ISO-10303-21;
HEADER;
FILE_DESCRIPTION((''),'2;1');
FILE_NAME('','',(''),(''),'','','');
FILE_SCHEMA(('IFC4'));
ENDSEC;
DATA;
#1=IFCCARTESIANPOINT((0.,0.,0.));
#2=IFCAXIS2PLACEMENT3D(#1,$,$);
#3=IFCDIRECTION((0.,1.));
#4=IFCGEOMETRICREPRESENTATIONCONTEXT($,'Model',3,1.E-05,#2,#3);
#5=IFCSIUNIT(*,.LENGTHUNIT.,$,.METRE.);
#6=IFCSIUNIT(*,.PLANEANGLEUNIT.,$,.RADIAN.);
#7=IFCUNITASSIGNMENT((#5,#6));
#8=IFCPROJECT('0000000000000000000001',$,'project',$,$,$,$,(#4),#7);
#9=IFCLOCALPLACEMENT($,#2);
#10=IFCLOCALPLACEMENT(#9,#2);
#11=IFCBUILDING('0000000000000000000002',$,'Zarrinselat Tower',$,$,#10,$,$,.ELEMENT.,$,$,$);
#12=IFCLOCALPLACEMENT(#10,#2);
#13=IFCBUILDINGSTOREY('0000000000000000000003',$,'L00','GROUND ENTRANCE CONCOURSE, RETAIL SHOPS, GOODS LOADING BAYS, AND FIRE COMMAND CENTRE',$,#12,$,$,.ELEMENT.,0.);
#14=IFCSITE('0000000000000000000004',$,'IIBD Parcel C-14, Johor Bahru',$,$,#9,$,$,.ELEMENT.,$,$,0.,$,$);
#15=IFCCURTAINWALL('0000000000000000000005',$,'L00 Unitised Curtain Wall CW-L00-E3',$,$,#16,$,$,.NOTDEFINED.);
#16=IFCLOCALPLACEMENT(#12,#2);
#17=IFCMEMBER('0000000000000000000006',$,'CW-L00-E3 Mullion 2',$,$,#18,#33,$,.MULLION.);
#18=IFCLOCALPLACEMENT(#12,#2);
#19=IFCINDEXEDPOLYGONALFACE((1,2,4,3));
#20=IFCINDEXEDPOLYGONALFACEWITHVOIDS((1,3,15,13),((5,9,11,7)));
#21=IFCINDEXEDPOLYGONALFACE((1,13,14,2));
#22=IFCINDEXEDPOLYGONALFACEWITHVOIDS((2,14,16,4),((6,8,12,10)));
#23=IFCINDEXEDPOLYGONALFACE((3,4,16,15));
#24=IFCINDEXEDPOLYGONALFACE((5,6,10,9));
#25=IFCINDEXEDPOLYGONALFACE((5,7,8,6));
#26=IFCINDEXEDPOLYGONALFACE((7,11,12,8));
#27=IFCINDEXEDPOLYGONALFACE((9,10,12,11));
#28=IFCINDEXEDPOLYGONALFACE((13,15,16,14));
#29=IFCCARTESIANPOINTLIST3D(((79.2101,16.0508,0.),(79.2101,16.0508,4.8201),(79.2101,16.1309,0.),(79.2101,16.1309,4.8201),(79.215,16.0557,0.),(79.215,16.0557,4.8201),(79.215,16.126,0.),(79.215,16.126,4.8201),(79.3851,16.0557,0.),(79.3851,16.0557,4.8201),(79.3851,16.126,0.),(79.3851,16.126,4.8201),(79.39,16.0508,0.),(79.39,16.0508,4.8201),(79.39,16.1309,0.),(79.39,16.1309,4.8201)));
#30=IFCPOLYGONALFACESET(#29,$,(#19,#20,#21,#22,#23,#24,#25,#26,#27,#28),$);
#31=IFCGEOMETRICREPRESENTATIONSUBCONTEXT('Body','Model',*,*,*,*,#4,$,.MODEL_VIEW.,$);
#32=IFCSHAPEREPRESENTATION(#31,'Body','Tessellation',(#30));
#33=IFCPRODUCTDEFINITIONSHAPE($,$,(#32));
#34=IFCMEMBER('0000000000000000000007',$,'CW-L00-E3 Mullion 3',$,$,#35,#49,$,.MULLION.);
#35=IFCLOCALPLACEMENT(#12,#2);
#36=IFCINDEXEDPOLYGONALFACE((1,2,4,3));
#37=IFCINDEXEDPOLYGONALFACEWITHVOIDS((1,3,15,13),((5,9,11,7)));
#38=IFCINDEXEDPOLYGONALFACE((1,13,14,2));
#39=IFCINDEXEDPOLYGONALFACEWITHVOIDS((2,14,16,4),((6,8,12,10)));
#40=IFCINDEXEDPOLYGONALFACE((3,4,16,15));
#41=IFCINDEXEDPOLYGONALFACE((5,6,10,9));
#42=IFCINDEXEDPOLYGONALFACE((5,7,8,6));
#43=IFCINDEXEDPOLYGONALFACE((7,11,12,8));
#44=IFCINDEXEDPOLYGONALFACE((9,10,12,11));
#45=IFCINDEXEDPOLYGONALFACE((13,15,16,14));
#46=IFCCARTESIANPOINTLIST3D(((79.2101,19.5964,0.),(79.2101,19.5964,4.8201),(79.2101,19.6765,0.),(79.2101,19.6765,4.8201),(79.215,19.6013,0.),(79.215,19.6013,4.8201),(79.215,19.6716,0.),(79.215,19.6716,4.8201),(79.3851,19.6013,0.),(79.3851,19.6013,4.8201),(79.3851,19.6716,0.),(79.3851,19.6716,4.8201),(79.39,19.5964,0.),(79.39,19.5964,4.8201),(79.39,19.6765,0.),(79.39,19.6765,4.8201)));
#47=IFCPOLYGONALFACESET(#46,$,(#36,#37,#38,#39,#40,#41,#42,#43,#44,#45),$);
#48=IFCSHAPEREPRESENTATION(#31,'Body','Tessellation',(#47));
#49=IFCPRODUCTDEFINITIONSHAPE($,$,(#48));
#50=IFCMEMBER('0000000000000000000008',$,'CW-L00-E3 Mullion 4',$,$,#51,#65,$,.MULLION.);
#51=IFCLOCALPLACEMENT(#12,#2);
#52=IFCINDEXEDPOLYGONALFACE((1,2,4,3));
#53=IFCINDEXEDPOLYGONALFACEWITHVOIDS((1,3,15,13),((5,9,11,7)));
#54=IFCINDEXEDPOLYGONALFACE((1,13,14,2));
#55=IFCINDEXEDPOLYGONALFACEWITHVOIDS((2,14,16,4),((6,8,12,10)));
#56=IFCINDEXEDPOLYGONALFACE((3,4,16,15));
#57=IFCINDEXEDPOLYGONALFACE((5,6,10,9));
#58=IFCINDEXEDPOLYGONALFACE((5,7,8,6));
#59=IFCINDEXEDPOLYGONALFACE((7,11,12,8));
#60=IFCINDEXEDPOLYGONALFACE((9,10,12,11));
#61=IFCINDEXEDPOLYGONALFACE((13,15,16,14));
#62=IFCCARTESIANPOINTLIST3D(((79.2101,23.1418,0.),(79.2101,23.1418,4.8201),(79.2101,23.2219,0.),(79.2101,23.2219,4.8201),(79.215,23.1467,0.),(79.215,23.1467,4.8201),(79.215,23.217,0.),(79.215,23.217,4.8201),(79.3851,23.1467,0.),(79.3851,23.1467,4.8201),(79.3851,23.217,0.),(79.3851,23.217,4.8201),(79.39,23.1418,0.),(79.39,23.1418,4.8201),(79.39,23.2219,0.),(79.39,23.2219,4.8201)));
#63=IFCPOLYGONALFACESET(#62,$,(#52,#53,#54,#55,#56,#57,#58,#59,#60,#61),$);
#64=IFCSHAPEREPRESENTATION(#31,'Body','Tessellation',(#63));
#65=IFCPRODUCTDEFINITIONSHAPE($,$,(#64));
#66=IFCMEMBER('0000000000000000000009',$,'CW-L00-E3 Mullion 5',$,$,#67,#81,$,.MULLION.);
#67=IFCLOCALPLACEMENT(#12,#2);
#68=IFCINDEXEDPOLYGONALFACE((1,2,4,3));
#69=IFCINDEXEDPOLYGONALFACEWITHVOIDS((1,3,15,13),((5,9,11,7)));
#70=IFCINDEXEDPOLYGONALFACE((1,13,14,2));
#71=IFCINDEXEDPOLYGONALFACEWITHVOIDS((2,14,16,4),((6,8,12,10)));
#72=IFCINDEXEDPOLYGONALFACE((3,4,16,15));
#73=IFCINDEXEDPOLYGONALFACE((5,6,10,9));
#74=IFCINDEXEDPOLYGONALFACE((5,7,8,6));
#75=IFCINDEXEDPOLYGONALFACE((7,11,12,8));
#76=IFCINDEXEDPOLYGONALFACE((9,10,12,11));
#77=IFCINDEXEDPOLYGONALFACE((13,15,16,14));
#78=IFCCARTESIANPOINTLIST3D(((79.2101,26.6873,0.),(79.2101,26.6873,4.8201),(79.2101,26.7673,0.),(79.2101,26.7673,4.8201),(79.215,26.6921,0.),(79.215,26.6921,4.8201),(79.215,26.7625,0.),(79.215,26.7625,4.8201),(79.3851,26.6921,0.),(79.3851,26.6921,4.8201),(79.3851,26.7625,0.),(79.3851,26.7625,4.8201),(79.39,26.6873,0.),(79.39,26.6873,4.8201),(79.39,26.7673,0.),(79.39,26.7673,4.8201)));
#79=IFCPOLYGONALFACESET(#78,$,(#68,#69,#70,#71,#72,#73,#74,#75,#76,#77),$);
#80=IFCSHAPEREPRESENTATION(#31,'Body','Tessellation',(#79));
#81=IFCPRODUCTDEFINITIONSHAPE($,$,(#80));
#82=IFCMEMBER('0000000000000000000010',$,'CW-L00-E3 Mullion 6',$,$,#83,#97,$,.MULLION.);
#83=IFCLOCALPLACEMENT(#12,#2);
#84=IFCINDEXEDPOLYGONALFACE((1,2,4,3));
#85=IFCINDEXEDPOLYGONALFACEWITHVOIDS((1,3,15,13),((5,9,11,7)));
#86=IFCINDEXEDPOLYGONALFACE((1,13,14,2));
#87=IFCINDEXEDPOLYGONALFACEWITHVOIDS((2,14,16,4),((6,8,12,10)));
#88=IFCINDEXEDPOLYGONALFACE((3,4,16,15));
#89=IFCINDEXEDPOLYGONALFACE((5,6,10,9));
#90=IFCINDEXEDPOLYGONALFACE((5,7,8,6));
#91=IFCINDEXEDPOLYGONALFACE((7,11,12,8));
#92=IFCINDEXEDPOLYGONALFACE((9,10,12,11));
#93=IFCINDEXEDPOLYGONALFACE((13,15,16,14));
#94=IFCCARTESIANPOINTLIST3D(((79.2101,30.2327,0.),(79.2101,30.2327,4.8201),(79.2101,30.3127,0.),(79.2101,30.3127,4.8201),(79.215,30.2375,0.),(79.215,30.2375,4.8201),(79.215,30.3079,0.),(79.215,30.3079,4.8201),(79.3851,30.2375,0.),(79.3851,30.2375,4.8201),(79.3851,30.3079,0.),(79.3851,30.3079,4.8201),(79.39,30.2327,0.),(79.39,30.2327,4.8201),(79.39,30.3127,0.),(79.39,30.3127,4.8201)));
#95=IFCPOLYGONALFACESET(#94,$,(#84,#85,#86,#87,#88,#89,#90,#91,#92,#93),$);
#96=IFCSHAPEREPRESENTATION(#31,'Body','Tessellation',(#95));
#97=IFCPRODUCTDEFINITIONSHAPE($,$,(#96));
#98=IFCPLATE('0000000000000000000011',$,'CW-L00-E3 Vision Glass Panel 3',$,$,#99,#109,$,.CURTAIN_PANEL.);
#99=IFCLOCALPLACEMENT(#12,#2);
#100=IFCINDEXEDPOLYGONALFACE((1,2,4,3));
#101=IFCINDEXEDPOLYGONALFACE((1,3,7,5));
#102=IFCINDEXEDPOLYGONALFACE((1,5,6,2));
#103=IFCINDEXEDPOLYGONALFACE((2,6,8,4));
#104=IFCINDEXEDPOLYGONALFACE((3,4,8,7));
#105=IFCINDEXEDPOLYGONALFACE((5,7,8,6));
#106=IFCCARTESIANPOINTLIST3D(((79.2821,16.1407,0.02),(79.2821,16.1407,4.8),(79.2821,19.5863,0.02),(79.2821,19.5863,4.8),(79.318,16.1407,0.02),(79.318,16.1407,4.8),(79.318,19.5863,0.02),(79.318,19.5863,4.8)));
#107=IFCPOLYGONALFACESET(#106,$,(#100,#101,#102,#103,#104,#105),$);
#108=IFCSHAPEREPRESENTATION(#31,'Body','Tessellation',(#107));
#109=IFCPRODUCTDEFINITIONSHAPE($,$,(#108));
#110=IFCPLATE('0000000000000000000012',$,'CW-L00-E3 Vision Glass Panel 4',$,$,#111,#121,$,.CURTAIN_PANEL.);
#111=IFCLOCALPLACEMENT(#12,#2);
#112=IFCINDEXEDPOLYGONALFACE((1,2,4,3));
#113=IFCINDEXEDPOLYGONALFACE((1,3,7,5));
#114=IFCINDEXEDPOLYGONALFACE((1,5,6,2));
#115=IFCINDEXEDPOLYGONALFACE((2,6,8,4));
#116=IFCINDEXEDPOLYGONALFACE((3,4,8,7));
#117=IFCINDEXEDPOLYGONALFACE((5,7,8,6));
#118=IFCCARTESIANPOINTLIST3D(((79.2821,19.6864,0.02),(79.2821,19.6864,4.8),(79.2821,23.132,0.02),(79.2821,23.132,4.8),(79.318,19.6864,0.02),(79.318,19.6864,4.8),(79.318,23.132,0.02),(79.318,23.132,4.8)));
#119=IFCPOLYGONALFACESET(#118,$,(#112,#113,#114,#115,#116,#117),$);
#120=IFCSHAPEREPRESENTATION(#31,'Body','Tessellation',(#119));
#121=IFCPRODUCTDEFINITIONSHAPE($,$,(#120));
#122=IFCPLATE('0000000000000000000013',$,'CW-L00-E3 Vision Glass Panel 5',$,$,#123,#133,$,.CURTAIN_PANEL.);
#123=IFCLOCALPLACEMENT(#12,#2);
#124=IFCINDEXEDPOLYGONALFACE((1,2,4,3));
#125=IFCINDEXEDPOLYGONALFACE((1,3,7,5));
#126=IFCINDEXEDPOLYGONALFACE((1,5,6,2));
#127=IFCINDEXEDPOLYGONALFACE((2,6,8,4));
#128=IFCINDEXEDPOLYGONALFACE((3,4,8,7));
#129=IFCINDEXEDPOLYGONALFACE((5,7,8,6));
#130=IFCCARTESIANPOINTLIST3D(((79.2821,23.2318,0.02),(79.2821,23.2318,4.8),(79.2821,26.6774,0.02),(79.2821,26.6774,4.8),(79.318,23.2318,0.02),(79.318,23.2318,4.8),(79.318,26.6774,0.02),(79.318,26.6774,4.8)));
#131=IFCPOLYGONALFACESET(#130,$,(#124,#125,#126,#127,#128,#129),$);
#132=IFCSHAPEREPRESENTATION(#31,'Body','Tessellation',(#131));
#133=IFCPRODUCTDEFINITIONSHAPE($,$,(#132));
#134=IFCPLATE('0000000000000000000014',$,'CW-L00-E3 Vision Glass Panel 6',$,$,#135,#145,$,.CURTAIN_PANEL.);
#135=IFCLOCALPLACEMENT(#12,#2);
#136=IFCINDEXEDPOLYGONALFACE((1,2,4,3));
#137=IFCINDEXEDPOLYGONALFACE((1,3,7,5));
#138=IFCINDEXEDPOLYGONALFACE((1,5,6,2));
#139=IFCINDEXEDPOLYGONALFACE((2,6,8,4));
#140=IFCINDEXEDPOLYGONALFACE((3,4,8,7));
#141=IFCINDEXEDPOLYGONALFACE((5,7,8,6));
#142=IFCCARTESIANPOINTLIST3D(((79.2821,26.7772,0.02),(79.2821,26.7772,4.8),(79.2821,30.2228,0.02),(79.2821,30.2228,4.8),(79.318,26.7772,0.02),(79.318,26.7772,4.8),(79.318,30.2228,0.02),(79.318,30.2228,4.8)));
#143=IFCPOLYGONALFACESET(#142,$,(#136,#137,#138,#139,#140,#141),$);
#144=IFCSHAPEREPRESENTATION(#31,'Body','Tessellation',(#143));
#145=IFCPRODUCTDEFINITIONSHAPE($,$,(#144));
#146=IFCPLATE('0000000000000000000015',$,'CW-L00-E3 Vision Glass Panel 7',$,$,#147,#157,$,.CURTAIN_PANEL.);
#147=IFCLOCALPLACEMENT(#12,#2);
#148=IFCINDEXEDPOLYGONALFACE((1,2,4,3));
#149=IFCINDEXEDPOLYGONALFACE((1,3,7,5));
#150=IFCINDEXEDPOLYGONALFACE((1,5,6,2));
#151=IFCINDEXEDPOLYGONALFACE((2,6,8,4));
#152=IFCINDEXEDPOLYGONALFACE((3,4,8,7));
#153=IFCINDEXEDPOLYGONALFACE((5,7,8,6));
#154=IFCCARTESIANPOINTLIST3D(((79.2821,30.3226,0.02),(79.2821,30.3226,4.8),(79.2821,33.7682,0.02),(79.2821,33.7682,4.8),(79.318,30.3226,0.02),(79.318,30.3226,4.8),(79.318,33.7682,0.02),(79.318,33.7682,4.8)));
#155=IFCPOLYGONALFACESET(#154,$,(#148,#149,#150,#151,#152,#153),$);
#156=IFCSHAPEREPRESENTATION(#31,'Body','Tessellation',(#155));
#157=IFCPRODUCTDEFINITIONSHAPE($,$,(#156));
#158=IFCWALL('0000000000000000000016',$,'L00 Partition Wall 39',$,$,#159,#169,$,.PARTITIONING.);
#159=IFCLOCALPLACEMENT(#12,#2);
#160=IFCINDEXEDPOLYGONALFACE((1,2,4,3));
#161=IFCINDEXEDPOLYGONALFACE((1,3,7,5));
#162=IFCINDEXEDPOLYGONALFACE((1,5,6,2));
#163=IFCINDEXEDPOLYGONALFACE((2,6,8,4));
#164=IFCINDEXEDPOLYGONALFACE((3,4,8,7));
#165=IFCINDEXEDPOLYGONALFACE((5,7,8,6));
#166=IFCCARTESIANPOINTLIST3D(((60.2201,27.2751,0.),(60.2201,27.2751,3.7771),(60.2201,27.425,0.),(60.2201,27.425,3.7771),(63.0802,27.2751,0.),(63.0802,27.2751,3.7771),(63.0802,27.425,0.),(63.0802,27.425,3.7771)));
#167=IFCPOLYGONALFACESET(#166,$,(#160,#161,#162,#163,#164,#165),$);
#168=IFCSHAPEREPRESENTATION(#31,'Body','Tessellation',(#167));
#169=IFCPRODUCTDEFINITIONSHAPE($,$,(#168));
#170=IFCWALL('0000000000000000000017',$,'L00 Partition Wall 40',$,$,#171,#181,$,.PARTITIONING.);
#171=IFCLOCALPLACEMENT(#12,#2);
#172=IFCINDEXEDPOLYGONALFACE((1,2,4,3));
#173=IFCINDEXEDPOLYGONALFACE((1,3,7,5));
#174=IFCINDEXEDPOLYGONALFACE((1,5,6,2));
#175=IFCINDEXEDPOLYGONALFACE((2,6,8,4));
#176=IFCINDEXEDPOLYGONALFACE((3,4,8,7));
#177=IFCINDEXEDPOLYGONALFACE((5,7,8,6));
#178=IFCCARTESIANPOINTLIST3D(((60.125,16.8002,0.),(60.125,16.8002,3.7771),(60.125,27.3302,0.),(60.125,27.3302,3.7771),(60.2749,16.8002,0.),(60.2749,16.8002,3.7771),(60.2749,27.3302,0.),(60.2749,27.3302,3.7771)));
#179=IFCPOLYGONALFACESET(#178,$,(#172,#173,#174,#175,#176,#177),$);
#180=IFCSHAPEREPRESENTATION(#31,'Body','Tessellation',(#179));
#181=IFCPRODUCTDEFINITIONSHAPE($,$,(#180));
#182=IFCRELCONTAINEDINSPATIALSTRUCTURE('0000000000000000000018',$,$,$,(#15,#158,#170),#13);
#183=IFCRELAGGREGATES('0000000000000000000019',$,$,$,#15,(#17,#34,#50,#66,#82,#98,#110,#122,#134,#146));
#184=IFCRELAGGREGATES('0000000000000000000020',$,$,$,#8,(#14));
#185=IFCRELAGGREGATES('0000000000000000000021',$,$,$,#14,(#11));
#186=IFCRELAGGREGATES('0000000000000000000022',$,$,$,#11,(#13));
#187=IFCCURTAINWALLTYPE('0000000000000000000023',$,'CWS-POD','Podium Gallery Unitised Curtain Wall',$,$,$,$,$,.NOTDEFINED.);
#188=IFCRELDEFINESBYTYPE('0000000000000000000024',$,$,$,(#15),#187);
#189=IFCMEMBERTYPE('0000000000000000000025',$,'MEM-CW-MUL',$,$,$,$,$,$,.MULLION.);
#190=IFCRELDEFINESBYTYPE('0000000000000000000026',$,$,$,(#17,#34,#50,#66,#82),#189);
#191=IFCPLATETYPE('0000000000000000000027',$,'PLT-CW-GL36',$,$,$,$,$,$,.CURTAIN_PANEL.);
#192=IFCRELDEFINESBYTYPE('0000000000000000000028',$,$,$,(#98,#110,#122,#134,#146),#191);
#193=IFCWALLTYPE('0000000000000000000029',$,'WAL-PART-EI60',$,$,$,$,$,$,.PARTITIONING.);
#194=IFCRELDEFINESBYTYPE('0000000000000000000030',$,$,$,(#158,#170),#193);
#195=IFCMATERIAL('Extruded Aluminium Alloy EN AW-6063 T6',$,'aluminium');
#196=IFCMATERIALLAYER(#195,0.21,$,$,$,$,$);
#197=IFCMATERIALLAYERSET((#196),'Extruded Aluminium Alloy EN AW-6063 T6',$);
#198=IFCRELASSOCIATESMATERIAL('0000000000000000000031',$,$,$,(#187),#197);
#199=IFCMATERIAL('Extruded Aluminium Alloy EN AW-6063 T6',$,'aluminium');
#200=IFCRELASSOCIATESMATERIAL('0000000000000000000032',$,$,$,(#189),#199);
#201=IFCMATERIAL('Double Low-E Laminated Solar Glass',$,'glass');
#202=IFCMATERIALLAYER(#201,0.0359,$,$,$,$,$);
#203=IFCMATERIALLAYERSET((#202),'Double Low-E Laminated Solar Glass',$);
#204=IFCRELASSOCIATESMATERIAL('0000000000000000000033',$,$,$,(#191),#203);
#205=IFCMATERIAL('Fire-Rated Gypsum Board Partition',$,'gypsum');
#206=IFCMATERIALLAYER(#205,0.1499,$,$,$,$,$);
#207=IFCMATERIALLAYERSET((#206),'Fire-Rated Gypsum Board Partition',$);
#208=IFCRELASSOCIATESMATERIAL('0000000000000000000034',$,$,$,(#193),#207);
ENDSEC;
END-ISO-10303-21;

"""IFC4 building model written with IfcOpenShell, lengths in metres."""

from ifc_helpers import new_model, si_unit, direction, frame, frame_2d, origin, origin_2d, place, context, subcontext, project, spatial, rectangle, hollow_rectangle, extrude, material, layer, layer_set, material_profile, profile_set, type_object, element, aggregate, save


model = new_model("IFC4")

# Units and contexts
model_context = context("Model", 3, precision=1e-05, world=origin(), true_north=direction((0.0, 1.0)))
body_context = subcontext(model_context, "Body", "Model", "MODEL_VIEW")
ifc_project = project(units=[si_unit("LENGTHUNIT", "METRE"), si_unit("PLANEANGLEUNIT", "RADIAN")], contexts=[model_context])

# Site, building, storey
site_placement = place(None, origin())
site = spatial("IfcSite", under=ifc_project, at=site_placement, Name="IIBD Parcel C-14, Johor Bahru", CompositionType="ELEMENT", RefElevation=0.0)
building_placement = place(site_placement, origin())
building = spatial("IfcBuilding", under=site, at=building_placement, Name="Zarrinselat Tower", CompositionType="ELEMENT")
storey_placement = place(building_placement, origin())
storey = spatial("IfcBuildingStorey", under=building, at=storey_placement, Name="L00", Description="GROUND ENTRANCE CONCOURSE, RETAIL SHOPS, GOODS LOADING BAYS, AND FIRE COMMAND CENTRE", CompositionType="ELEMENT", Elevation=0.0)

# Curtain wall, members, plates
ifc_material_1 = material(Name="Extruded Aluminium Alloy EN AW-6063 T6", Category="aluminium")
ifc_layer_1 = layer(ifc_material_1, 0.21)
ifc_layer_set_1 = layer_set([ifc_layer_1], Name="Extruded Aluminium Alloy EN AW-6063 T6")
curtain_wall_type = type_object("IfcCurtainWallType", Name="CWS-POD", Description="Podium Gallery Unitised Curtain Wall", PredefinedType="NOTDEFINED", material=ifc_layer_set_1)
curtain_wall_placement = place(storey_placement, origin())
curtain_wall = element("IfcCurtainWall", 1, at=curtain_wall_placement, inside=storey, type_object=curtain_wall_type, Name="L00 Unitised Curtain Wall CW-L00-E3", PredefinedType="NOTDEFINED")
ifc_material_2 = material(Name="Extruded Aluminium Alloy EN AW-6063 T6", Category="aluminium")
ifc_material_profile_1 = material_profile(ifc_material_2, hollow_rectangle(XDim=0.0801, YDim=0.1799, WallThickness=0.0049, at=origin_2d()), Name="RHS 180x80x5")
ifc_profile_set_1 = profile_set([ifc_material_profile_1], Name="Extruded Aluminium Alloy EN AW-6063 T6")
member_type = type_object("IfcMemberType", Name="MEM-CW-MUL", PredefinedType="MULLION", material=ifc_profile_set_1)
member_1_placement = place(storey_placement, frame((79.3, 16.0908, 0.0), z_axis=(0.0, 0.0, 1.0), x_axis=(0.0, 1.0, 0.0)))
member_1 = element("IfcMember", 2, at=member_1_placement, type_object=member_type, Name="CW-L00-E3 Mullion 2", PredefinedType="MULLION", context=body_context, shape_type="SweptSolid", body=[
    extrude(hollow_rectangle(XDim=0.0801, YDim=0.1799, WallThickness=0.0049, at=origin_2d()), origin(), (0.0, 0.0, 1.0), 4.8201),
])
member_2_placement = place(storey_placement, frame((79.3, 19.6365, 0.0), z_axis=(0.0, 0.0, 1.0), x_axis=(0.0, 1.0, 0.0)))
member_2 = element("IfcMember", 3, at=member_2_placement, type_object=member_type, Name="CW-L00-E3 Mullion 3", PredefinedType="MULLION", context=body_context, shape_type="SweptSolid", body=[
    extrude(hollow_rectangle(XDim=0.0801, YDim=0.1799, WallThickness=0.0049, at=origin_2d()), origin(), (0.0, 0.0, 1.0), 4.8201),
])
member_3_placement = place(storey_placement, frame((79.3, 23.1819, 0.0), z_axis=(0.0, 0.0, 1.0), x_axis=(0.0, 1.0, 0.0)))
member_3 = element("IfcMember", 4, at=member_3_placement, type_object=member_type, Name="CW-L00-E3 Mullion 4", PredefinedType="MULLION", context=body_context, shape_type="SweptSolid", body=[
    extrude(hollow_rectangle(XDim=0.0801, YDim=0.1799, WallThickness=0.0049, at=origin_2d()), origin(), (0.0, 0.0, 1.0), 4.8201),
])
member_4_placement = place(storey_placement, frame((79.3, 26.7273, 0.0), z_axis=(0.0, 0.0, 1.0), x_axis=(0.0, 1.0, 0.0)))
member_4 = element("IfcMember", 5, at=member_4_placement, type_object=member_type, Name="CW-L00-E3 Mullion 5", PredefinedType="MULLION", context=body_context, shape_type="SweptSolid", body=[
    extrude(hollow_rectangle(XDim=0.0801, YDim=0.1799, WallThickness=0.0049, at=origin_2d()), origin(), (0.0, 0.0, 1.0), 4.8201),
])
member_5_placement = place(storey_placement, frame((79.3, 30.2727, 0.0), z_axis=(0.0, 0.0, 1.0), x_axis=(0.0, 1.0, 0.0)))
member_5 = element("IfcMember", 6, at=member_5_placement, type_object=member_type, Name="CW-L00-E3 Mullion 6", PredefinedType="MULLION", context=body_context, shape_type="SweptSolid", body=[
    extrude(hollow_rectangle(XDim=0.0801, YDim=0.1799, WallThickness=0.0049, at=origin_2d()), origin(), (0.0, 0.0, 1.0), 4.8201),
])
ifc_material_3 = material(Name="Double Low-E Laminated Solar Glass", Category="glass")
ifc_layer_2 = layer(ifc_material_3, 0.0359)
ifc_layer_set_2 = layer_set([ifc_layer_2], Name="Double Low-E Laminated Solar Glass")
plate_type = type_object("IfcPlateType", Name="PLT-CW-GL36", PredefinedType="CURTAIN_PANEL", material=ifc_layer_set_2)
plate_1_placement = place(storey_placement, frame((79.3, 17.8635, 0.02), z_axis=(0.0, 0.0, 1.0), x_axis=(0.0, 1.0, 0.0)))
plate_1 = element("IfcPlate", 7, at=plate_1_placement, type_object=plate_type, Name="CW-L00-E3 Vision Glass Panel 3", PredefinedType="CURTAIN_PANEL", context=body_context, shape_type="SweptSolid", body=[
    extrude(rectangle(XDim=3.4456, YDim=0.0359, at=origin_2d()), origin(), (0.0, 0.0, 1.0), 4.78),
])
plate_2_placement = place(storey_placement, frame((79.3, 21.4092, 0.02), z_axis=(0.0, 0.0, 1.0), x_axis=(0.0, 1.0, 0.0)))
plate_2 = element("IfcPlate", 8, at=plate_2_placement, type_object=plate_type, Name="CW-L00-E3 Vision Glass Panel 4", PredefinedType="CURTAIN_PANEL", context=body_context, shape_type="SweptSolid", body=[
    extrude(rectangle(XDim=3.4456, YDim=0.0359, at=origin_2d()), origin(), (0.0, 0.0, 1.0), 4.78),
])
plate_3_placement = place(storey_placement, frame((79.3, 24.9546, 0.02), z_axis=(0.0, 0.0, 1.0), x_axis=(0.0, 1.0, 0.0)))
plate_3 = element("IfcPlate", 9, at=plate_3_placement, type_object=plate_type, Name="CW-L00-E3 Vision Glass Panel 5", PredefinedType="CURTAIN_PANEL", context=body_context, shape_type="SweptSolid", body=[
    extrude(rectangle(XDim=3.4456, YDim=0.0359, at=origin_2d()), origin(), (0.0, 0.0, 1.0), 4.78),
])
plate_4_placement = place(storey_placement, frame((79.3, 28.5, 0.02), z_axis=(0.0, 0.0, 1.0), x_axis=(0.0, 1.0, 0.0)))
plate_4 = element("IfcPlate", 10, at=plate_4_placement, type_object=plate_type, Name="CW-L00-E3 Vision Glass Panel 6", PredefinedType="CURTAIN_PANEL", context=body_context, shape_type="SweptSolid", body=[
    extrude(rectangle(XDim=3.4456, YDim=0.0359, at=origin_2d()), origin(), (0.0, 0.0, 1.0), 4.78),
])
plate_5_placement = place(storey_placement, frame((79.3, 32.0454, 0.02), z_axis=(0.0, 0.0, 1.0), x_axis=(0.0, 1.0, 0.0)))
plate_5 = element("IfcPlate", 11, at=plate_5_placement, type_object=plate_type, Name="CW-L00-E3 Vision Glass Panel 7", PredefinedType="CURTAIN_PANEL", context=body_context, shape_type="SweptSolid", body=[
    extrude(rectangle(XDim=3.4456, YDim=0.0359, at=origin_2d()), origin(), (0.0, 0.0, 1.0), 4.78),
])
aggregate(curtain_wall, [member_1, member_2, member_3, member_4, member_5, plate_1, plate_2, plate_3, plate_4, plate_5])

# Walls
ifc_material_4 = material(Name="Fire-Rated Gypsum Board Partition", Category="gypsum")
ifc_layer_3 = layer(ifc_material_4, 0.1499)
ifc_layer_set_3 = layer_set([ifc_layer_3], Name="Fire-Rated Gypsum Board Partition")
wall_type_1 = type_object("IfcWallType", Name="WAL-PART-EI60", PredefinedType="PARTITIONING", material=ifc_layer_set_3)
wall_1_placement = place(storey_placement, frame((60.22, 27.3501, 0.0), z_axis=(0.0, 0.0, 1.0), x_axis=(1.0, 0.0, 0.0)))
element("IfcWall", 12, at=wall_1_placement, inside=storey, type_object=wall_type_1, Name="L00 Partition Wall 39", PredefinedType="PARTITIONING", context=body_context, shape_type="SweptSolid", body=[
    extrude(rectangle(XDim=2.8601, YDim=0.1499, at=frame_2d((1.4302, 0.0))), origin(), (0.0, 0.0, 1.0), 3.7771),
])
wall_2_placement = place(storey_placement, frame((60.2, 16.8, 0.0), z_axis=(0.0, 0.0, 1.0), x_axis=(0.0, 1.0, 0.0)))
element("IfcWall", 13, at=wall_2_placement, inside=storey, type_object=wall_type_1, Name="L00 Partition Wall 40", PredefinedType="PARTITIONING", context=body_context, shape_type="SweptSolid", body=[
    extrude(rectangle(XDim=10.53, YDim=0.1499, at=frame_2d((5.2651, 0.0))), origin(), (0.0, 0.0, 1.0), 3.7771),
])

save(model, "model.ifc")
